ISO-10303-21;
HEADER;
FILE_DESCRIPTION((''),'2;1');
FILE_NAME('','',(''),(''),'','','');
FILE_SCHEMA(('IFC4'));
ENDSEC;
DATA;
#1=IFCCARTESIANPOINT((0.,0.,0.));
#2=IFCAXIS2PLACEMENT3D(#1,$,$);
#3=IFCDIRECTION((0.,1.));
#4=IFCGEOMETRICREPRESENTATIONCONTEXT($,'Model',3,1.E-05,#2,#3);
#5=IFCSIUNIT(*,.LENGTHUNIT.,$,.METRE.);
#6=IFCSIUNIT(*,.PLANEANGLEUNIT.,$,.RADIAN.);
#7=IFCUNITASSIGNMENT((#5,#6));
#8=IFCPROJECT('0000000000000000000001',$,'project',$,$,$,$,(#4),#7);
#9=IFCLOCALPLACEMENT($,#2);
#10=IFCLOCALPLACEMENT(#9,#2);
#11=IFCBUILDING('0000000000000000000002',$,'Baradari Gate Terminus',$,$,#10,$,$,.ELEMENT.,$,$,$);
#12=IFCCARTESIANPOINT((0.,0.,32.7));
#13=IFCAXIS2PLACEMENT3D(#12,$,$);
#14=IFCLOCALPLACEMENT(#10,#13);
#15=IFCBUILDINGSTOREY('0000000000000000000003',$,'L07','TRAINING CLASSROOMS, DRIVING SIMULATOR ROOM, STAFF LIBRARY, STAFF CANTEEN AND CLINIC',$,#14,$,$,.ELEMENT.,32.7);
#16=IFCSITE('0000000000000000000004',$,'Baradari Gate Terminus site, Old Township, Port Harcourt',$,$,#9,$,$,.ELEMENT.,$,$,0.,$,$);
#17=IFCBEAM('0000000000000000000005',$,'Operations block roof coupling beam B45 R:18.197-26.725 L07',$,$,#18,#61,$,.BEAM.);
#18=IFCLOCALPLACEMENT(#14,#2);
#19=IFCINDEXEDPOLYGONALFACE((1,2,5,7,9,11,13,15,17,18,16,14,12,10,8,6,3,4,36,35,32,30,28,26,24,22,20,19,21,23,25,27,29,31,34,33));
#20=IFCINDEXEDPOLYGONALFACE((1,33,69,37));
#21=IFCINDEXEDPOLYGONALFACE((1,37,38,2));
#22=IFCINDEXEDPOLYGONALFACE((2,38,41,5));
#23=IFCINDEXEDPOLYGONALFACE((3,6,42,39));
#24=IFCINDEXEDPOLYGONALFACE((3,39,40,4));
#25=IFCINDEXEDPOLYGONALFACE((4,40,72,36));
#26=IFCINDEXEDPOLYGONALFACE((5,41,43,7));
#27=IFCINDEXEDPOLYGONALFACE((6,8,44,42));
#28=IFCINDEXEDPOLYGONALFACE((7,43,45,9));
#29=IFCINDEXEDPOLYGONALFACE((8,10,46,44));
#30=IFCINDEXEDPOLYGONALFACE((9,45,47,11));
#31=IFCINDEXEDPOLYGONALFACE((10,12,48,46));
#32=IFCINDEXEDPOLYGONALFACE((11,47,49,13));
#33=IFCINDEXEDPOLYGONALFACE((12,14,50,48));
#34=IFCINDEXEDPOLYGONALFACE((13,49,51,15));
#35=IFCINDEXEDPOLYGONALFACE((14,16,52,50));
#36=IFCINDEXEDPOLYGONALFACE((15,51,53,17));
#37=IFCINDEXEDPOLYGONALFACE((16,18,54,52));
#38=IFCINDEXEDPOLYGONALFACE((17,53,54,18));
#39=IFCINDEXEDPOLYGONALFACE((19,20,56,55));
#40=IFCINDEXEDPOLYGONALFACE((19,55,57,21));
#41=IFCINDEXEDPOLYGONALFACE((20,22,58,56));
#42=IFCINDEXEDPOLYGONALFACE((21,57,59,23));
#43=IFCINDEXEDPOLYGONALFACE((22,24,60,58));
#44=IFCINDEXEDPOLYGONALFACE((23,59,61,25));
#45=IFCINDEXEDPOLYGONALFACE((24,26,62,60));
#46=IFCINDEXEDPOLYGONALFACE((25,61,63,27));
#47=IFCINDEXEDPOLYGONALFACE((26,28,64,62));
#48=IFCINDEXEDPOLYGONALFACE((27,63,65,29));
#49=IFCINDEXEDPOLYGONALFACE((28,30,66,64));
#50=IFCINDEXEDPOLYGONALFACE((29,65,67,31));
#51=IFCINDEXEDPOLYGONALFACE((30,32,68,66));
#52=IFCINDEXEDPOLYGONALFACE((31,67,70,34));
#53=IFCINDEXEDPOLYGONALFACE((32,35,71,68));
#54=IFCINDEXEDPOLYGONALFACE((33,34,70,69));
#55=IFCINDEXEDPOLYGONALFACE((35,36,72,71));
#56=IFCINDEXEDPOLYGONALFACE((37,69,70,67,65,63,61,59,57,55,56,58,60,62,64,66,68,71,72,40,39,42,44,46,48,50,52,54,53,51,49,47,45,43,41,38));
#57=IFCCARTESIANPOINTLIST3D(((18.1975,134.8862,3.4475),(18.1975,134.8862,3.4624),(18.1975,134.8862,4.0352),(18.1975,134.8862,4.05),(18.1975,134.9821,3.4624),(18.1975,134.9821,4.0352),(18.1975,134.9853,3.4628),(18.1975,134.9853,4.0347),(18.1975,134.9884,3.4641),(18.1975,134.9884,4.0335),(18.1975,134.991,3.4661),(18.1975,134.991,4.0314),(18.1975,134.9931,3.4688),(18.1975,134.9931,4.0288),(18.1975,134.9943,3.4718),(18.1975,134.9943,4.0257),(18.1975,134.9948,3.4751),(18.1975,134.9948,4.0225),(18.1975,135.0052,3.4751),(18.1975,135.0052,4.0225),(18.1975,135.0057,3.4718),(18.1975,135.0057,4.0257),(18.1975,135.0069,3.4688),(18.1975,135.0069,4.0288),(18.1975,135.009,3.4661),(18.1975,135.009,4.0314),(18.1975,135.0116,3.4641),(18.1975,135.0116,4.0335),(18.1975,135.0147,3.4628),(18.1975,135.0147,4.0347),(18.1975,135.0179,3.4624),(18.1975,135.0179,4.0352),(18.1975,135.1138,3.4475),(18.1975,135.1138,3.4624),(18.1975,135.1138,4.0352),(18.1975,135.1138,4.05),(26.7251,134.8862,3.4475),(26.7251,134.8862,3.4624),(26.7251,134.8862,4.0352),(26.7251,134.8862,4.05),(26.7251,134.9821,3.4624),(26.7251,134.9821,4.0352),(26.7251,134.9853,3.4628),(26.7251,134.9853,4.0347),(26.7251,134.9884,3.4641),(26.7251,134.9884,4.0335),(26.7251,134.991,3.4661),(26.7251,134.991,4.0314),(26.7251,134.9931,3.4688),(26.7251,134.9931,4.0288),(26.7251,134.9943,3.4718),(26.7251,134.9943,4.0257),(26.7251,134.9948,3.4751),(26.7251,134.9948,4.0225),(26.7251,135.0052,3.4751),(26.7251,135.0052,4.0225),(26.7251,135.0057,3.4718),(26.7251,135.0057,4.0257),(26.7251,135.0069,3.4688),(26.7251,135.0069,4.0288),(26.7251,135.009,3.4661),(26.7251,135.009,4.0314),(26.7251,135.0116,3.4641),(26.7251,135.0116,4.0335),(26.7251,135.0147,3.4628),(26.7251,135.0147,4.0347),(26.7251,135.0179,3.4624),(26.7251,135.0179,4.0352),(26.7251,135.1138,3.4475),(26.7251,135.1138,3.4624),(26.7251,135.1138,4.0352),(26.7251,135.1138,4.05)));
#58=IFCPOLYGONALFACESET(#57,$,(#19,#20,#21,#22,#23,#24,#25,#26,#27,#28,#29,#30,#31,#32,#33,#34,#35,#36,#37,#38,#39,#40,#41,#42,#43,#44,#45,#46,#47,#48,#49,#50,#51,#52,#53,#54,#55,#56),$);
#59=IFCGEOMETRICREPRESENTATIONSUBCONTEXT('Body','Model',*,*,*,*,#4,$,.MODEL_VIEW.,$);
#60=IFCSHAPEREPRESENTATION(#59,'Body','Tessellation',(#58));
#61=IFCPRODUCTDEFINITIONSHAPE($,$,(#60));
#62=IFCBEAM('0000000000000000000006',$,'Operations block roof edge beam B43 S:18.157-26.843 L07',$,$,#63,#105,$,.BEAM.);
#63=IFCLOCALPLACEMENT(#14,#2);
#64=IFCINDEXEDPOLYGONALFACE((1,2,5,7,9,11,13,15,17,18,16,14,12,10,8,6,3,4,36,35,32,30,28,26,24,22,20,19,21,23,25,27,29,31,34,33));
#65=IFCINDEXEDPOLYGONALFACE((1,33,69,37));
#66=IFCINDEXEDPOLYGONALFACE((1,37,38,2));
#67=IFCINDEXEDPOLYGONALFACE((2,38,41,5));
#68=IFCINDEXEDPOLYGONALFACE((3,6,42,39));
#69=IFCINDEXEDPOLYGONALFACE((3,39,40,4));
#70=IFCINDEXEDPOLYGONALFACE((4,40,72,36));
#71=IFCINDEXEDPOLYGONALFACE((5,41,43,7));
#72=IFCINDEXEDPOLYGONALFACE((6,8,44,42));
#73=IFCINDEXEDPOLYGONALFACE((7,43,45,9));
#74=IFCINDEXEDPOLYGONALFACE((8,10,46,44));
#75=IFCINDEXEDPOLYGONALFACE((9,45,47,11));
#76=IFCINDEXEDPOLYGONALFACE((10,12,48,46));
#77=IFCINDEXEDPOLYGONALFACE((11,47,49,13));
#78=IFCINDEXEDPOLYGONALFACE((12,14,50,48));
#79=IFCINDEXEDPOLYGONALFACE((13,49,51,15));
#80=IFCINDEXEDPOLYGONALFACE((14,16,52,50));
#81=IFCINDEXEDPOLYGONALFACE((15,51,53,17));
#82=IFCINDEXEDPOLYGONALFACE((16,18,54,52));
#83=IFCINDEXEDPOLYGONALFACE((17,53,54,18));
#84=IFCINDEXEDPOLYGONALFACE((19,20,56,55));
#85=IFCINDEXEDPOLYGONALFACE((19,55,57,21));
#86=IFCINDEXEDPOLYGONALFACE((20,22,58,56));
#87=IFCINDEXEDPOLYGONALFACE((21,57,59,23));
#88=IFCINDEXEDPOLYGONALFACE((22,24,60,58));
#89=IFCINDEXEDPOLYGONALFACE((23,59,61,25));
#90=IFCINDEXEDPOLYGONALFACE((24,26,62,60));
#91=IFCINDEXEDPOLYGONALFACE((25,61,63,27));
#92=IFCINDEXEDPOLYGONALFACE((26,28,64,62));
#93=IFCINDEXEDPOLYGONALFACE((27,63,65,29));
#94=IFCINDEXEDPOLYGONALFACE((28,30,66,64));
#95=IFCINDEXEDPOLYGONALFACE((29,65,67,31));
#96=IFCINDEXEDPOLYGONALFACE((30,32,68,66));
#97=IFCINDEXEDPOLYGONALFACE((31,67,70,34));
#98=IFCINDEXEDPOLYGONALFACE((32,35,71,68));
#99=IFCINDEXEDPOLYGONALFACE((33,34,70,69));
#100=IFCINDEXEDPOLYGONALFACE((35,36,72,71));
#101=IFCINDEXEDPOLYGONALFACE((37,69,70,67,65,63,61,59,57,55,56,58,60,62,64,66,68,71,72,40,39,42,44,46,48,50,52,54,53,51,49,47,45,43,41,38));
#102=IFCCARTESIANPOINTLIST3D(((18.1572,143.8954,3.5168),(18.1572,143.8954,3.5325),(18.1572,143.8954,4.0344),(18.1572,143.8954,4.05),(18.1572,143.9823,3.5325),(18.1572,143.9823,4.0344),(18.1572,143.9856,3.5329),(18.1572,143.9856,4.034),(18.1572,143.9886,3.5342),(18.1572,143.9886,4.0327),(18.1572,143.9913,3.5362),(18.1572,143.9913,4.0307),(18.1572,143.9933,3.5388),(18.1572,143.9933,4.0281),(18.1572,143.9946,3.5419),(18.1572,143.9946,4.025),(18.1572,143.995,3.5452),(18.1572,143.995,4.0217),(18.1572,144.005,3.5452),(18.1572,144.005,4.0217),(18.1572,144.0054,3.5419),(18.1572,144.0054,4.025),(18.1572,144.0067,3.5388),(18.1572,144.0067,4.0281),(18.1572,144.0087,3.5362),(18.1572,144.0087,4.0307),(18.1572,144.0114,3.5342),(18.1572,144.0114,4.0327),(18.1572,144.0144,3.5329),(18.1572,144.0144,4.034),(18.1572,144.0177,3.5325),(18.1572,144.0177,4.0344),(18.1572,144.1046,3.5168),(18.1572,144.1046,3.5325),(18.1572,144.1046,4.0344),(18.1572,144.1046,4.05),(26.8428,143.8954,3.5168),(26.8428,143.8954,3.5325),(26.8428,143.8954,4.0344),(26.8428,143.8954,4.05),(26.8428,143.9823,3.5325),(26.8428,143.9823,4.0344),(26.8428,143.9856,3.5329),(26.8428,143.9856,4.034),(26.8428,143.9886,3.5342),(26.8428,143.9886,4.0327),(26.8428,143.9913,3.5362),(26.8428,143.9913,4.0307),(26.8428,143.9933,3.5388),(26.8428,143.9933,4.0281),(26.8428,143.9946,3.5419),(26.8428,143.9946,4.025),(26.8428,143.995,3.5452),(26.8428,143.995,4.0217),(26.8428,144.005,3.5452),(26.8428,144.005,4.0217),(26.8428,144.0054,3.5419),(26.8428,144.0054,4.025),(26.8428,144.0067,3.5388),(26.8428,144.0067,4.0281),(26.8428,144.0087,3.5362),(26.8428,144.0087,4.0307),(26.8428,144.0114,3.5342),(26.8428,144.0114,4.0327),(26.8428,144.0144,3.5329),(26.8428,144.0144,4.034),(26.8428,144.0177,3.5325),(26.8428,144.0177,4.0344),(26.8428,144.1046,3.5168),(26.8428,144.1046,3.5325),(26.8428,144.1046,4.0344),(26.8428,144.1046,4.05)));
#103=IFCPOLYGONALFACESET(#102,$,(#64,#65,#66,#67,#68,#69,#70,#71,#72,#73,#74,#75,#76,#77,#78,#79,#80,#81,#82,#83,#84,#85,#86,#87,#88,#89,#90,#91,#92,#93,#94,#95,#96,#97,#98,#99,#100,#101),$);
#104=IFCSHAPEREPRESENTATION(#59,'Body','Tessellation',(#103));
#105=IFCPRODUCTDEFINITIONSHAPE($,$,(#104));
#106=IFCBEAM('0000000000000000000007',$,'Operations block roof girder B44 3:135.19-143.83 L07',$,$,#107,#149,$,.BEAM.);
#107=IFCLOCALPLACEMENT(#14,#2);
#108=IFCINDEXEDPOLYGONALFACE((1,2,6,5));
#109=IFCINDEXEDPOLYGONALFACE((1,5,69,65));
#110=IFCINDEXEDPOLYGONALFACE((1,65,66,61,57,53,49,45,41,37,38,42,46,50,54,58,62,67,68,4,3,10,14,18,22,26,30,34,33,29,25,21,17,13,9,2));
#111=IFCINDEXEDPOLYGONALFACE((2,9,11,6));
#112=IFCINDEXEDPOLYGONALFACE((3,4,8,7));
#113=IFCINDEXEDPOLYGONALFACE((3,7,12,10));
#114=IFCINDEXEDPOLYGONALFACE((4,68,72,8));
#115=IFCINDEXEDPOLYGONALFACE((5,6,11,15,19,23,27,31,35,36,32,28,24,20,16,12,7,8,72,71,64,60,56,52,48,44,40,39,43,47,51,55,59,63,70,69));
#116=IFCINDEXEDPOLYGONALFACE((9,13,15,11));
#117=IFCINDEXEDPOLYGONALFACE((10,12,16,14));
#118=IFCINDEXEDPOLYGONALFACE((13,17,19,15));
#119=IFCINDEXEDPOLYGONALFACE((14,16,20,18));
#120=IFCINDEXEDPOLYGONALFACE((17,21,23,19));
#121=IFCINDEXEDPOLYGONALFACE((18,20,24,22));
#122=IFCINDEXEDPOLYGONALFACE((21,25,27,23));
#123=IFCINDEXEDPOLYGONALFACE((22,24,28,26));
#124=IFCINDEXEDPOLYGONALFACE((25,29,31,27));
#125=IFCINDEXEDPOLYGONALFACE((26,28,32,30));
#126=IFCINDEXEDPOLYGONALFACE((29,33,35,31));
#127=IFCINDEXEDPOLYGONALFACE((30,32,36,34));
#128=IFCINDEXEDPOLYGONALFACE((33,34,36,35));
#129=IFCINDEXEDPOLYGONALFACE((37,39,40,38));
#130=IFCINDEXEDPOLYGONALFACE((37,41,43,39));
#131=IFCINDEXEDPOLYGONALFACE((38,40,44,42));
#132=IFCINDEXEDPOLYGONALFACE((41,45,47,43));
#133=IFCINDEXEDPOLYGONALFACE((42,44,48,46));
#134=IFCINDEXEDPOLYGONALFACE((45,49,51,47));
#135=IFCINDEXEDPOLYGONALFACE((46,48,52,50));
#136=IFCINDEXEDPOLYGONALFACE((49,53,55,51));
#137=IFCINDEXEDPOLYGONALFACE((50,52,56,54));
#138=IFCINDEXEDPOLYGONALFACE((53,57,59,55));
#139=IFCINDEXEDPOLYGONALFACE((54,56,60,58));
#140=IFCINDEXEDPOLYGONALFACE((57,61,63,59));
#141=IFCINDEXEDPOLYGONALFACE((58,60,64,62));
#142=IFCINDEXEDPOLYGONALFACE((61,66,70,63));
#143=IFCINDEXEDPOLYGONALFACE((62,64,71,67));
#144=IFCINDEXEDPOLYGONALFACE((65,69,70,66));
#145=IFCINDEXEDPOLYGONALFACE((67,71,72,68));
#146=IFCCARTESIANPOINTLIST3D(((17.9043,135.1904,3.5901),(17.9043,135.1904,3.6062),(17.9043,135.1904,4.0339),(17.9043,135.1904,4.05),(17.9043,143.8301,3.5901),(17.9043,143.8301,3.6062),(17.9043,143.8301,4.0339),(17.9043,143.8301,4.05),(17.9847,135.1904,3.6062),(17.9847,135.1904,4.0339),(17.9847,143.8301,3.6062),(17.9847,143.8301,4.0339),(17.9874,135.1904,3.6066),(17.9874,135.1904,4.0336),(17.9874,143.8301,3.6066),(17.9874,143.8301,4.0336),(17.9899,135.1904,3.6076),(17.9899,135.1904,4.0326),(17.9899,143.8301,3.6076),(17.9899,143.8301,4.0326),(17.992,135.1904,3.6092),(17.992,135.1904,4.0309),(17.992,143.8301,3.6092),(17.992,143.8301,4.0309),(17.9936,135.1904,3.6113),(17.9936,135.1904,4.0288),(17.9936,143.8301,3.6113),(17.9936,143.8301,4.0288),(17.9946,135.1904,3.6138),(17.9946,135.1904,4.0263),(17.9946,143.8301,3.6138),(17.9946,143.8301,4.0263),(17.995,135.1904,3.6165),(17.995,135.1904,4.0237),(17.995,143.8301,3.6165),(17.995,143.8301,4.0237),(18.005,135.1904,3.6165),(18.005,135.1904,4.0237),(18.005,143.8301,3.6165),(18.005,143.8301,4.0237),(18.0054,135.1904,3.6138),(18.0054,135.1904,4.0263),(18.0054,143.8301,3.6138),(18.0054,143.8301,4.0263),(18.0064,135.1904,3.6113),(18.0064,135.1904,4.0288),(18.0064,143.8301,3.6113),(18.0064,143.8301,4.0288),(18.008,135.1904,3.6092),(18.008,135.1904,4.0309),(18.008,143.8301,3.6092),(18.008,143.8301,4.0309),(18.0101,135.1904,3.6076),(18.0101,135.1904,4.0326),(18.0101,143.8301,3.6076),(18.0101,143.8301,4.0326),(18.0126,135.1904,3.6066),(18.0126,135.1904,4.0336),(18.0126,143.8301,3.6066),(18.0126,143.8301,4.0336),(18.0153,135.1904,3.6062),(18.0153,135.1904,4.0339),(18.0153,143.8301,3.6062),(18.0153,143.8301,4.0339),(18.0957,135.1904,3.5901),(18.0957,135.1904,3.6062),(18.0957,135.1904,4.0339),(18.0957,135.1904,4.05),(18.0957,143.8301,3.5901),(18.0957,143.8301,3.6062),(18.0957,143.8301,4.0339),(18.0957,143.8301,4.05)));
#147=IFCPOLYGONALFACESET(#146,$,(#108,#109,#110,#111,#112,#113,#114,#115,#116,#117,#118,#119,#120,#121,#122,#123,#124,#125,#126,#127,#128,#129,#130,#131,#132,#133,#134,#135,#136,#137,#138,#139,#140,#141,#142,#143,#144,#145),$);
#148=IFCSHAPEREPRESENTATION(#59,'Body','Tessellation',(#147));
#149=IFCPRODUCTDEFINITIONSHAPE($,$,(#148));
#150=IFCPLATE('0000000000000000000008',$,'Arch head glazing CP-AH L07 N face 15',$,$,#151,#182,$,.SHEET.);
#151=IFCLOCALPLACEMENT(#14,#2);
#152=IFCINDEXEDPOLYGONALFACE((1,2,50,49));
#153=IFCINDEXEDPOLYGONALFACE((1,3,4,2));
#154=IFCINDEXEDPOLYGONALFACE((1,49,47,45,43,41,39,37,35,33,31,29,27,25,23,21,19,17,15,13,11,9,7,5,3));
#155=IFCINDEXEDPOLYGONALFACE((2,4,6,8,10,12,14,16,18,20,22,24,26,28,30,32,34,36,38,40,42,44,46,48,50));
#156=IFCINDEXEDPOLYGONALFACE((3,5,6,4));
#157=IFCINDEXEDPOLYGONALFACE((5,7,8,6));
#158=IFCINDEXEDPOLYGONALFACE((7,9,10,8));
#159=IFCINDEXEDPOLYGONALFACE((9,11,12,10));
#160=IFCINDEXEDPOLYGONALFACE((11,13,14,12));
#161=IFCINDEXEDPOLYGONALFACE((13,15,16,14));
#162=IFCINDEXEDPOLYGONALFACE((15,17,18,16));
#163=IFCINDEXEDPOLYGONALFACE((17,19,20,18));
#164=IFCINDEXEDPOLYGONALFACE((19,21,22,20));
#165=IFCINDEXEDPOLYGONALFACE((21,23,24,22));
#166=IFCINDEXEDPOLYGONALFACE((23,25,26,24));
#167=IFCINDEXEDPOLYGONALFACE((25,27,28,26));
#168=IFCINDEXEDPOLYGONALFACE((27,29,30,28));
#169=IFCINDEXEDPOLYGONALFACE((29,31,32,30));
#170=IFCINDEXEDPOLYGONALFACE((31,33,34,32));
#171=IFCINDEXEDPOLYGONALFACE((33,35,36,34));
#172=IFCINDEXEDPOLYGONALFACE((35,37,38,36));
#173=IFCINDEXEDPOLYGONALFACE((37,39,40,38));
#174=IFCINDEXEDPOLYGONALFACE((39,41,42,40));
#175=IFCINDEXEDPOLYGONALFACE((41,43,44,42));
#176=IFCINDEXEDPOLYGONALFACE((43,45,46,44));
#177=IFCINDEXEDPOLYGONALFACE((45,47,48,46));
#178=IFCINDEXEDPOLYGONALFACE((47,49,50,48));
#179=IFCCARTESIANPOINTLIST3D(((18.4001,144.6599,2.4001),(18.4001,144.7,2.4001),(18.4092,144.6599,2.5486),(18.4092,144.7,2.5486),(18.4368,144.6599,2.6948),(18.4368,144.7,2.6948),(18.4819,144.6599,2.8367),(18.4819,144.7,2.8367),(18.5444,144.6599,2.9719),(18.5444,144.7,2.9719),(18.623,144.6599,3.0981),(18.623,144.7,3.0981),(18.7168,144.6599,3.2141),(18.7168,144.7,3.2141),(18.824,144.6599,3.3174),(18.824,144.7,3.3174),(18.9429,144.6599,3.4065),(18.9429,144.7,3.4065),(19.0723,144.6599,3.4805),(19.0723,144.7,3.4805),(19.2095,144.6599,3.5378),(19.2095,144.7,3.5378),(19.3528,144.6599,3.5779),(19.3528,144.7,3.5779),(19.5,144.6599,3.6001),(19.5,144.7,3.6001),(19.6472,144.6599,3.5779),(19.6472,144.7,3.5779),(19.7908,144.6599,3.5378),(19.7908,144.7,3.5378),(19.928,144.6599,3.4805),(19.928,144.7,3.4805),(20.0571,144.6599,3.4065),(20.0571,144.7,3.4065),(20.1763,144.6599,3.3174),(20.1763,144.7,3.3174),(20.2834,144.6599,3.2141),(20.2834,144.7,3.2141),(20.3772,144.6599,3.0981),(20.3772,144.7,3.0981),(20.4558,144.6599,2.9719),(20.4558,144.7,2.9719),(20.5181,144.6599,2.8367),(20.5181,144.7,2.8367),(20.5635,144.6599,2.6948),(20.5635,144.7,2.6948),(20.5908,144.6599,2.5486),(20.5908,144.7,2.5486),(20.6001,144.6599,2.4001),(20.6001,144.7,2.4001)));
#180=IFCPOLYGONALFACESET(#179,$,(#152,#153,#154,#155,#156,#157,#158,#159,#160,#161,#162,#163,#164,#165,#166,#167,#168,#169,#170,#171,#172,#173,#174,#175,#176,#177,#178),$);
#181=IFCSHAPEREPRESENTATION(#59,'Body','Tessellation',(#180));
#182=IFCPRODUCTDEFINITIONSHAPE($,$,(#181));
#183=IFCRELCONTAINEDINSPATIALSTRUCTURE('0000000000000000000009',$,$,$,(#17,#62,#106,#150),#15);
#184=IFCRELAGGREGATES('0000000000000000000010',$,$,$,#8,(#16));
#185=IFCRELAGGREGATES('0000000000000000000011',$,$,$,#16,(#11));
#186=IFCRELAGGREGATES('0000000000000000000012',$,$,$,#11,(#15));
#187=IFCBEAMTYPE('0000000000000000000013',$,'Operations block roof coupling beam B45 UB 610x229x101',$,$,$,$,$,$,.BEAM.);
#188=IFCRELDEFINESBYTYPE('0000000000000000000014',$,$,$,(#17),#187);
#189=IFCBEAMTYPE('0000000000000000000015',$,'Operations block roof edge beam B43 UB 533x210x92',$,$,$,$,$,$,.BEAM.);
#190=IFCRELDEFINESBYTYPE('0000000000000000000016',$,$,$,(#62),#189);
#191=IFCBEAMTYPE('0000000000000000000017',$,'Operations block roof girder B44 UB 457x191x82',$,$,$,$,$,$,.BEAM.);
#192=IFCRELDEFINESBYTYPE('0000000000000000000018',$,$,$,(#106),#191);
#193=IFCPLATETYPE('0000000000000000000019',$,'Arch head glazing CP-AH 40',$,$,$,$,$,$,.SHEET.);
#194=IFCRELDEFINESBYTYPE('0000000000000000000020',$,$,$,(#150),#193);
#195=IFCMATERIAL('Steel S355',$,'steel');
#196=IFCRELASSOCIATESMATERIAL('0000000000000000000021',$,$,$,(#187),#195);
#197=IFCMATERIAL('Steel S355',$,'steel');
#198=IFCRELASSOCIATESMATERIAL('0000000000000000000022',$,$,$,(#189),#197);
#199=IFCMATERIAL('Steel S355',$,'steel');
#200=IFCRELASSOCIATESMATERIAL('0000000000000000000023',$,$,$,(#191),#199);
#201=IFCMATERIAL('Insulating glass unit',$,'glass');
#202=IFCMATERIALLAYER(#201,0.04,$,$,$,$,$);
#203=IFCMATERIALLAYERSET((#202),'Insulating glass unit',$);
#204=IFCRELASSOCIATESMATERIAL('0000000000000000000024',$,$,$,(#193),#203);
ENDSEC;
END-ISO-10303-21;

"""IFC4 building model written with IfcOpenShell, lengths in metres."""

from ifc_helpers import new_model, si_unit, direction, frame, origin, origin_2d, place, context, subcontext, project, spatial, polyline, i_section, outline, extrude, material, layer, layer_set, material_profile, profile_set, type_object, element, save


model = new_model("IFC4")

# Units and contexts
model_context = context("Model", 3, precision=1e-05, world=origin(), true_north=direction((0.0, 1.0)))
body_context = subcontext(model_context, "Body", "Model", "MODEL_VIEW")
ifc_project = project(units=[si_unit("LENGTHUNIT", "METRE"), si_unit("PLANEANGLEUNIT", "RADIAN")], contexts=[model_context])

# Site, building, storey
site_placement = place(None, origin())
site = spatial("IfcSite", under=ifc_project, at=site_placement, Name="Baradari Gate Terminus site, Old Township, Port Harcourt", CompositionType="ELEMENT", RefElevation=0.0)
building_placement = place(site_placement, origin())
building = spatial("IfcBuilding", under=site, at=building_placement, Name="Baradari Gate Terminus", CompositionType="ELEMENT")
storey_placement = place(building_placement, frame((0.0, 0.0, 32.7)))
storey = spatial("IfcBuildingStorey", under=building, at=storey_placement, Name="L07", Description="TRAINING CLASSROOMS, DRIVING SIMULATOR ROOM, STAFF LIBRARY, STAFF CANTEEN AND CLINIC", CompositionType="ELEMENT", Elevation=32.7)

# Beams
ifc_material_1 = material(Name="Steel S355", Category="steel")
ifc_material_profile_1 = material_profile(ifc_material_1, i_section(OverallWidth=0.2275, OverallDepth=0.6025, WebThickness=0.0105, FlangeThickness=0.0149, FilletRadius=0.0127, at=origin_2d()), Name="UB 610x229x101")
ifc_profile_set_1 = profile_set([ifc_material_profile_1], Name="Steel S355")
beam_type_1 = type_object("IfcBeamType", Name="Operations block roof coupling beam B45 UB 610x229x101", PredefinedType="BEAM", material=ifc_profile_set_1)
beam_1_placement = place(storey_placement, frame((18.1975, 135.0, 3.7488), z_axis=(1.0, 0.0, 0.0), x_axis=(0.0, 1.0, 0.0)))
element("IfcBeam", 1, at=beam_1_placement, inside=storey, type_object=beam_type_1, Name="Operations block roof coupling beam B45 R:18.197-26.725 L07", PredefinedType="BEAM", context=body_context, shape_type="SweptSolid", body=[
    extrude(i_section(OverallWidth=0.2275, OverallDepth=0.6025, WebThickness=0.0105, FlangeThickness=0.0149, FilletRadius=0.0127, at=origin_2d()), origin(), (0.0, 0.0, 1.0), 8.5276),
])
ifc_material_2 = material(Name="Steel S355", Category="steel")
ifc_material_profile_2 = material_profile(ifc_material_2, i_section(OverallWidth=0.2092, OverallDepth=0.5332, WebThickness=0.01, FlangeThickness=0.0156, FilletRadius=0.0127, at=origin_2d()), Name="UB 533x210x92")
ifc_profile_set_2 = profile_set([ifc_material_profile_2], Name="Steel S355")
beam_type_2 = type_object("IfcBeamType", Name="Operations block roof edge beam B43 UB 533x210x92", PredefinedType="BEAM", material=ifc_profile_set_2)
beam_2_placement = place(storey_placement, frame((18.1572, 144.0, 3.7834), z_axis=(1.0, 0.0, 0.0), x_axis=(0.0, 1.0, 0.0)))
element("IfcBeam", 2, at=beam_2_placement, inside=storey, type_object=beam_type_2, Name="Operations block roof edge beam B43 S:18.157-26.843 L07", PredefinedType="BEAM", context=body_context, shape_type="SweptSolid", body=[
    extrude(i_section(OverallWidth=0.2092, OverallDepth=0.5332, WebThickness=0.01, FlangeThickness=0.0156, FilletRadius=0.0127, at=origin_2d()), origin(), (0.0, 0.0, 1.0), 8.6855),
])
ifc_material_3 = material(Name="Steel S355", Category="steel")
ifc_material_profile_3 = material_profile(ifc_material_3, i_section(OverallWidth=0.1914, OverallDepth=0.46, WebThickness=0.01, FlangeThickness=0.0161, FilletRadius=0.0103, at=origin_2d()), Name="UB 457x191x82")
ifc_profile_set_3 = profile_set([ifc_material_profile_3], Name="Steel S355")
beam_type_3 = type_object("IfcBeamType", Name="Operations block roof girder B44 UB 457x191x82", PredefinedType="BEAM", material=ifc_profile_set_3)
beam_3_placement = place(storey_placement, frame((18.0, 135.1904, 3.8201), z_axis=(0.0, 1.0, 0.0), x_axis=(-1.0, 0.0, 0.0)))
element("IfcBeam", 3, at=beam_3_placement, inside=storey, type_object=beam_type_3, Name="Operations block roof girder B44 3:135.19-143.83 L07", PredefinedType="BEAM", context=body_context, shape_type="SweptSolid", body=[
    extrude(i_section(OverallWidth=0.1914, OverallDepth=0.46, WebThickness=0.01, FlangeThickness=0.0161, FilletRadius=0.0103, at=origin_2d()), origin(), (0.0, 0.0, 1.0), 8.6396),
])

# Plate
ifc_material_4 = material(Name="Insulating glass unit", Category="glass")
ifc_layer_1 = layer(ifc_material_4, 0.04)
ifc_layer_set_1 = layer_set([ifc_layer_1], Name="Insulating glass unit")
plate_type_1 = type_object("IfcPlateType", Name="Arch head glazing CP-AH 40", PredefinedType="SHEET", material=ifc_layer_set_1)
for number, where, z_axis, x_axis, name in (
    (4, (20.6001, 144.6799, 2.4001), (0.0, 0.0, 1.0), (-1.0, 0.0, 0.0), "Arch head glazing CP-AH L07 N face 15"),
):
    element("IfcPlate", number, at=place(storey_placement, frame(where, z_axis=z_axis, x_axis=x_axis)), inside=storey, type_object=plate_type_1, Name=name, PredefinedType="SHEET", context=body_context, shape_type="SweptSolid", body=[
        extrude(outline(polyline([(0.0, 0.0), (2.2, 0.0), (2.1909, 0.1484), (2.1633, 0.2947), (2.1182, 0.4365), (2.0557, 0.5718), (1.9771, 0.698), (1.8833, 0.814), (1.7761, 0.9172), (1.6572, 1.0063), (1.5278, 1.0803), (1.3906, 1.1377), (1.2473, 1.1777), (1.1001, 1.2), (0.9529, 1.1777), (0.8093, 1.1377), (0.6721, 1.0803), (0.543, 1.0063), (0.4238, 0.9172), (0.3167, 0.814), (0.2229, 0.698), (0.1443, 0.5718), (0.082, 0.4365), (0.0366, 0.2947), (0.0093, 0.1484), (0.0, 0.0)])), frame((0.0, 0.02, 0.0), z_axis=(0.0, -1.0, 0.0), x_axis=(1.0, 0.0, 0.0)), (0.0, 0.0, 1.0), 0.04),
    ])

save(model, "model.ifc")
